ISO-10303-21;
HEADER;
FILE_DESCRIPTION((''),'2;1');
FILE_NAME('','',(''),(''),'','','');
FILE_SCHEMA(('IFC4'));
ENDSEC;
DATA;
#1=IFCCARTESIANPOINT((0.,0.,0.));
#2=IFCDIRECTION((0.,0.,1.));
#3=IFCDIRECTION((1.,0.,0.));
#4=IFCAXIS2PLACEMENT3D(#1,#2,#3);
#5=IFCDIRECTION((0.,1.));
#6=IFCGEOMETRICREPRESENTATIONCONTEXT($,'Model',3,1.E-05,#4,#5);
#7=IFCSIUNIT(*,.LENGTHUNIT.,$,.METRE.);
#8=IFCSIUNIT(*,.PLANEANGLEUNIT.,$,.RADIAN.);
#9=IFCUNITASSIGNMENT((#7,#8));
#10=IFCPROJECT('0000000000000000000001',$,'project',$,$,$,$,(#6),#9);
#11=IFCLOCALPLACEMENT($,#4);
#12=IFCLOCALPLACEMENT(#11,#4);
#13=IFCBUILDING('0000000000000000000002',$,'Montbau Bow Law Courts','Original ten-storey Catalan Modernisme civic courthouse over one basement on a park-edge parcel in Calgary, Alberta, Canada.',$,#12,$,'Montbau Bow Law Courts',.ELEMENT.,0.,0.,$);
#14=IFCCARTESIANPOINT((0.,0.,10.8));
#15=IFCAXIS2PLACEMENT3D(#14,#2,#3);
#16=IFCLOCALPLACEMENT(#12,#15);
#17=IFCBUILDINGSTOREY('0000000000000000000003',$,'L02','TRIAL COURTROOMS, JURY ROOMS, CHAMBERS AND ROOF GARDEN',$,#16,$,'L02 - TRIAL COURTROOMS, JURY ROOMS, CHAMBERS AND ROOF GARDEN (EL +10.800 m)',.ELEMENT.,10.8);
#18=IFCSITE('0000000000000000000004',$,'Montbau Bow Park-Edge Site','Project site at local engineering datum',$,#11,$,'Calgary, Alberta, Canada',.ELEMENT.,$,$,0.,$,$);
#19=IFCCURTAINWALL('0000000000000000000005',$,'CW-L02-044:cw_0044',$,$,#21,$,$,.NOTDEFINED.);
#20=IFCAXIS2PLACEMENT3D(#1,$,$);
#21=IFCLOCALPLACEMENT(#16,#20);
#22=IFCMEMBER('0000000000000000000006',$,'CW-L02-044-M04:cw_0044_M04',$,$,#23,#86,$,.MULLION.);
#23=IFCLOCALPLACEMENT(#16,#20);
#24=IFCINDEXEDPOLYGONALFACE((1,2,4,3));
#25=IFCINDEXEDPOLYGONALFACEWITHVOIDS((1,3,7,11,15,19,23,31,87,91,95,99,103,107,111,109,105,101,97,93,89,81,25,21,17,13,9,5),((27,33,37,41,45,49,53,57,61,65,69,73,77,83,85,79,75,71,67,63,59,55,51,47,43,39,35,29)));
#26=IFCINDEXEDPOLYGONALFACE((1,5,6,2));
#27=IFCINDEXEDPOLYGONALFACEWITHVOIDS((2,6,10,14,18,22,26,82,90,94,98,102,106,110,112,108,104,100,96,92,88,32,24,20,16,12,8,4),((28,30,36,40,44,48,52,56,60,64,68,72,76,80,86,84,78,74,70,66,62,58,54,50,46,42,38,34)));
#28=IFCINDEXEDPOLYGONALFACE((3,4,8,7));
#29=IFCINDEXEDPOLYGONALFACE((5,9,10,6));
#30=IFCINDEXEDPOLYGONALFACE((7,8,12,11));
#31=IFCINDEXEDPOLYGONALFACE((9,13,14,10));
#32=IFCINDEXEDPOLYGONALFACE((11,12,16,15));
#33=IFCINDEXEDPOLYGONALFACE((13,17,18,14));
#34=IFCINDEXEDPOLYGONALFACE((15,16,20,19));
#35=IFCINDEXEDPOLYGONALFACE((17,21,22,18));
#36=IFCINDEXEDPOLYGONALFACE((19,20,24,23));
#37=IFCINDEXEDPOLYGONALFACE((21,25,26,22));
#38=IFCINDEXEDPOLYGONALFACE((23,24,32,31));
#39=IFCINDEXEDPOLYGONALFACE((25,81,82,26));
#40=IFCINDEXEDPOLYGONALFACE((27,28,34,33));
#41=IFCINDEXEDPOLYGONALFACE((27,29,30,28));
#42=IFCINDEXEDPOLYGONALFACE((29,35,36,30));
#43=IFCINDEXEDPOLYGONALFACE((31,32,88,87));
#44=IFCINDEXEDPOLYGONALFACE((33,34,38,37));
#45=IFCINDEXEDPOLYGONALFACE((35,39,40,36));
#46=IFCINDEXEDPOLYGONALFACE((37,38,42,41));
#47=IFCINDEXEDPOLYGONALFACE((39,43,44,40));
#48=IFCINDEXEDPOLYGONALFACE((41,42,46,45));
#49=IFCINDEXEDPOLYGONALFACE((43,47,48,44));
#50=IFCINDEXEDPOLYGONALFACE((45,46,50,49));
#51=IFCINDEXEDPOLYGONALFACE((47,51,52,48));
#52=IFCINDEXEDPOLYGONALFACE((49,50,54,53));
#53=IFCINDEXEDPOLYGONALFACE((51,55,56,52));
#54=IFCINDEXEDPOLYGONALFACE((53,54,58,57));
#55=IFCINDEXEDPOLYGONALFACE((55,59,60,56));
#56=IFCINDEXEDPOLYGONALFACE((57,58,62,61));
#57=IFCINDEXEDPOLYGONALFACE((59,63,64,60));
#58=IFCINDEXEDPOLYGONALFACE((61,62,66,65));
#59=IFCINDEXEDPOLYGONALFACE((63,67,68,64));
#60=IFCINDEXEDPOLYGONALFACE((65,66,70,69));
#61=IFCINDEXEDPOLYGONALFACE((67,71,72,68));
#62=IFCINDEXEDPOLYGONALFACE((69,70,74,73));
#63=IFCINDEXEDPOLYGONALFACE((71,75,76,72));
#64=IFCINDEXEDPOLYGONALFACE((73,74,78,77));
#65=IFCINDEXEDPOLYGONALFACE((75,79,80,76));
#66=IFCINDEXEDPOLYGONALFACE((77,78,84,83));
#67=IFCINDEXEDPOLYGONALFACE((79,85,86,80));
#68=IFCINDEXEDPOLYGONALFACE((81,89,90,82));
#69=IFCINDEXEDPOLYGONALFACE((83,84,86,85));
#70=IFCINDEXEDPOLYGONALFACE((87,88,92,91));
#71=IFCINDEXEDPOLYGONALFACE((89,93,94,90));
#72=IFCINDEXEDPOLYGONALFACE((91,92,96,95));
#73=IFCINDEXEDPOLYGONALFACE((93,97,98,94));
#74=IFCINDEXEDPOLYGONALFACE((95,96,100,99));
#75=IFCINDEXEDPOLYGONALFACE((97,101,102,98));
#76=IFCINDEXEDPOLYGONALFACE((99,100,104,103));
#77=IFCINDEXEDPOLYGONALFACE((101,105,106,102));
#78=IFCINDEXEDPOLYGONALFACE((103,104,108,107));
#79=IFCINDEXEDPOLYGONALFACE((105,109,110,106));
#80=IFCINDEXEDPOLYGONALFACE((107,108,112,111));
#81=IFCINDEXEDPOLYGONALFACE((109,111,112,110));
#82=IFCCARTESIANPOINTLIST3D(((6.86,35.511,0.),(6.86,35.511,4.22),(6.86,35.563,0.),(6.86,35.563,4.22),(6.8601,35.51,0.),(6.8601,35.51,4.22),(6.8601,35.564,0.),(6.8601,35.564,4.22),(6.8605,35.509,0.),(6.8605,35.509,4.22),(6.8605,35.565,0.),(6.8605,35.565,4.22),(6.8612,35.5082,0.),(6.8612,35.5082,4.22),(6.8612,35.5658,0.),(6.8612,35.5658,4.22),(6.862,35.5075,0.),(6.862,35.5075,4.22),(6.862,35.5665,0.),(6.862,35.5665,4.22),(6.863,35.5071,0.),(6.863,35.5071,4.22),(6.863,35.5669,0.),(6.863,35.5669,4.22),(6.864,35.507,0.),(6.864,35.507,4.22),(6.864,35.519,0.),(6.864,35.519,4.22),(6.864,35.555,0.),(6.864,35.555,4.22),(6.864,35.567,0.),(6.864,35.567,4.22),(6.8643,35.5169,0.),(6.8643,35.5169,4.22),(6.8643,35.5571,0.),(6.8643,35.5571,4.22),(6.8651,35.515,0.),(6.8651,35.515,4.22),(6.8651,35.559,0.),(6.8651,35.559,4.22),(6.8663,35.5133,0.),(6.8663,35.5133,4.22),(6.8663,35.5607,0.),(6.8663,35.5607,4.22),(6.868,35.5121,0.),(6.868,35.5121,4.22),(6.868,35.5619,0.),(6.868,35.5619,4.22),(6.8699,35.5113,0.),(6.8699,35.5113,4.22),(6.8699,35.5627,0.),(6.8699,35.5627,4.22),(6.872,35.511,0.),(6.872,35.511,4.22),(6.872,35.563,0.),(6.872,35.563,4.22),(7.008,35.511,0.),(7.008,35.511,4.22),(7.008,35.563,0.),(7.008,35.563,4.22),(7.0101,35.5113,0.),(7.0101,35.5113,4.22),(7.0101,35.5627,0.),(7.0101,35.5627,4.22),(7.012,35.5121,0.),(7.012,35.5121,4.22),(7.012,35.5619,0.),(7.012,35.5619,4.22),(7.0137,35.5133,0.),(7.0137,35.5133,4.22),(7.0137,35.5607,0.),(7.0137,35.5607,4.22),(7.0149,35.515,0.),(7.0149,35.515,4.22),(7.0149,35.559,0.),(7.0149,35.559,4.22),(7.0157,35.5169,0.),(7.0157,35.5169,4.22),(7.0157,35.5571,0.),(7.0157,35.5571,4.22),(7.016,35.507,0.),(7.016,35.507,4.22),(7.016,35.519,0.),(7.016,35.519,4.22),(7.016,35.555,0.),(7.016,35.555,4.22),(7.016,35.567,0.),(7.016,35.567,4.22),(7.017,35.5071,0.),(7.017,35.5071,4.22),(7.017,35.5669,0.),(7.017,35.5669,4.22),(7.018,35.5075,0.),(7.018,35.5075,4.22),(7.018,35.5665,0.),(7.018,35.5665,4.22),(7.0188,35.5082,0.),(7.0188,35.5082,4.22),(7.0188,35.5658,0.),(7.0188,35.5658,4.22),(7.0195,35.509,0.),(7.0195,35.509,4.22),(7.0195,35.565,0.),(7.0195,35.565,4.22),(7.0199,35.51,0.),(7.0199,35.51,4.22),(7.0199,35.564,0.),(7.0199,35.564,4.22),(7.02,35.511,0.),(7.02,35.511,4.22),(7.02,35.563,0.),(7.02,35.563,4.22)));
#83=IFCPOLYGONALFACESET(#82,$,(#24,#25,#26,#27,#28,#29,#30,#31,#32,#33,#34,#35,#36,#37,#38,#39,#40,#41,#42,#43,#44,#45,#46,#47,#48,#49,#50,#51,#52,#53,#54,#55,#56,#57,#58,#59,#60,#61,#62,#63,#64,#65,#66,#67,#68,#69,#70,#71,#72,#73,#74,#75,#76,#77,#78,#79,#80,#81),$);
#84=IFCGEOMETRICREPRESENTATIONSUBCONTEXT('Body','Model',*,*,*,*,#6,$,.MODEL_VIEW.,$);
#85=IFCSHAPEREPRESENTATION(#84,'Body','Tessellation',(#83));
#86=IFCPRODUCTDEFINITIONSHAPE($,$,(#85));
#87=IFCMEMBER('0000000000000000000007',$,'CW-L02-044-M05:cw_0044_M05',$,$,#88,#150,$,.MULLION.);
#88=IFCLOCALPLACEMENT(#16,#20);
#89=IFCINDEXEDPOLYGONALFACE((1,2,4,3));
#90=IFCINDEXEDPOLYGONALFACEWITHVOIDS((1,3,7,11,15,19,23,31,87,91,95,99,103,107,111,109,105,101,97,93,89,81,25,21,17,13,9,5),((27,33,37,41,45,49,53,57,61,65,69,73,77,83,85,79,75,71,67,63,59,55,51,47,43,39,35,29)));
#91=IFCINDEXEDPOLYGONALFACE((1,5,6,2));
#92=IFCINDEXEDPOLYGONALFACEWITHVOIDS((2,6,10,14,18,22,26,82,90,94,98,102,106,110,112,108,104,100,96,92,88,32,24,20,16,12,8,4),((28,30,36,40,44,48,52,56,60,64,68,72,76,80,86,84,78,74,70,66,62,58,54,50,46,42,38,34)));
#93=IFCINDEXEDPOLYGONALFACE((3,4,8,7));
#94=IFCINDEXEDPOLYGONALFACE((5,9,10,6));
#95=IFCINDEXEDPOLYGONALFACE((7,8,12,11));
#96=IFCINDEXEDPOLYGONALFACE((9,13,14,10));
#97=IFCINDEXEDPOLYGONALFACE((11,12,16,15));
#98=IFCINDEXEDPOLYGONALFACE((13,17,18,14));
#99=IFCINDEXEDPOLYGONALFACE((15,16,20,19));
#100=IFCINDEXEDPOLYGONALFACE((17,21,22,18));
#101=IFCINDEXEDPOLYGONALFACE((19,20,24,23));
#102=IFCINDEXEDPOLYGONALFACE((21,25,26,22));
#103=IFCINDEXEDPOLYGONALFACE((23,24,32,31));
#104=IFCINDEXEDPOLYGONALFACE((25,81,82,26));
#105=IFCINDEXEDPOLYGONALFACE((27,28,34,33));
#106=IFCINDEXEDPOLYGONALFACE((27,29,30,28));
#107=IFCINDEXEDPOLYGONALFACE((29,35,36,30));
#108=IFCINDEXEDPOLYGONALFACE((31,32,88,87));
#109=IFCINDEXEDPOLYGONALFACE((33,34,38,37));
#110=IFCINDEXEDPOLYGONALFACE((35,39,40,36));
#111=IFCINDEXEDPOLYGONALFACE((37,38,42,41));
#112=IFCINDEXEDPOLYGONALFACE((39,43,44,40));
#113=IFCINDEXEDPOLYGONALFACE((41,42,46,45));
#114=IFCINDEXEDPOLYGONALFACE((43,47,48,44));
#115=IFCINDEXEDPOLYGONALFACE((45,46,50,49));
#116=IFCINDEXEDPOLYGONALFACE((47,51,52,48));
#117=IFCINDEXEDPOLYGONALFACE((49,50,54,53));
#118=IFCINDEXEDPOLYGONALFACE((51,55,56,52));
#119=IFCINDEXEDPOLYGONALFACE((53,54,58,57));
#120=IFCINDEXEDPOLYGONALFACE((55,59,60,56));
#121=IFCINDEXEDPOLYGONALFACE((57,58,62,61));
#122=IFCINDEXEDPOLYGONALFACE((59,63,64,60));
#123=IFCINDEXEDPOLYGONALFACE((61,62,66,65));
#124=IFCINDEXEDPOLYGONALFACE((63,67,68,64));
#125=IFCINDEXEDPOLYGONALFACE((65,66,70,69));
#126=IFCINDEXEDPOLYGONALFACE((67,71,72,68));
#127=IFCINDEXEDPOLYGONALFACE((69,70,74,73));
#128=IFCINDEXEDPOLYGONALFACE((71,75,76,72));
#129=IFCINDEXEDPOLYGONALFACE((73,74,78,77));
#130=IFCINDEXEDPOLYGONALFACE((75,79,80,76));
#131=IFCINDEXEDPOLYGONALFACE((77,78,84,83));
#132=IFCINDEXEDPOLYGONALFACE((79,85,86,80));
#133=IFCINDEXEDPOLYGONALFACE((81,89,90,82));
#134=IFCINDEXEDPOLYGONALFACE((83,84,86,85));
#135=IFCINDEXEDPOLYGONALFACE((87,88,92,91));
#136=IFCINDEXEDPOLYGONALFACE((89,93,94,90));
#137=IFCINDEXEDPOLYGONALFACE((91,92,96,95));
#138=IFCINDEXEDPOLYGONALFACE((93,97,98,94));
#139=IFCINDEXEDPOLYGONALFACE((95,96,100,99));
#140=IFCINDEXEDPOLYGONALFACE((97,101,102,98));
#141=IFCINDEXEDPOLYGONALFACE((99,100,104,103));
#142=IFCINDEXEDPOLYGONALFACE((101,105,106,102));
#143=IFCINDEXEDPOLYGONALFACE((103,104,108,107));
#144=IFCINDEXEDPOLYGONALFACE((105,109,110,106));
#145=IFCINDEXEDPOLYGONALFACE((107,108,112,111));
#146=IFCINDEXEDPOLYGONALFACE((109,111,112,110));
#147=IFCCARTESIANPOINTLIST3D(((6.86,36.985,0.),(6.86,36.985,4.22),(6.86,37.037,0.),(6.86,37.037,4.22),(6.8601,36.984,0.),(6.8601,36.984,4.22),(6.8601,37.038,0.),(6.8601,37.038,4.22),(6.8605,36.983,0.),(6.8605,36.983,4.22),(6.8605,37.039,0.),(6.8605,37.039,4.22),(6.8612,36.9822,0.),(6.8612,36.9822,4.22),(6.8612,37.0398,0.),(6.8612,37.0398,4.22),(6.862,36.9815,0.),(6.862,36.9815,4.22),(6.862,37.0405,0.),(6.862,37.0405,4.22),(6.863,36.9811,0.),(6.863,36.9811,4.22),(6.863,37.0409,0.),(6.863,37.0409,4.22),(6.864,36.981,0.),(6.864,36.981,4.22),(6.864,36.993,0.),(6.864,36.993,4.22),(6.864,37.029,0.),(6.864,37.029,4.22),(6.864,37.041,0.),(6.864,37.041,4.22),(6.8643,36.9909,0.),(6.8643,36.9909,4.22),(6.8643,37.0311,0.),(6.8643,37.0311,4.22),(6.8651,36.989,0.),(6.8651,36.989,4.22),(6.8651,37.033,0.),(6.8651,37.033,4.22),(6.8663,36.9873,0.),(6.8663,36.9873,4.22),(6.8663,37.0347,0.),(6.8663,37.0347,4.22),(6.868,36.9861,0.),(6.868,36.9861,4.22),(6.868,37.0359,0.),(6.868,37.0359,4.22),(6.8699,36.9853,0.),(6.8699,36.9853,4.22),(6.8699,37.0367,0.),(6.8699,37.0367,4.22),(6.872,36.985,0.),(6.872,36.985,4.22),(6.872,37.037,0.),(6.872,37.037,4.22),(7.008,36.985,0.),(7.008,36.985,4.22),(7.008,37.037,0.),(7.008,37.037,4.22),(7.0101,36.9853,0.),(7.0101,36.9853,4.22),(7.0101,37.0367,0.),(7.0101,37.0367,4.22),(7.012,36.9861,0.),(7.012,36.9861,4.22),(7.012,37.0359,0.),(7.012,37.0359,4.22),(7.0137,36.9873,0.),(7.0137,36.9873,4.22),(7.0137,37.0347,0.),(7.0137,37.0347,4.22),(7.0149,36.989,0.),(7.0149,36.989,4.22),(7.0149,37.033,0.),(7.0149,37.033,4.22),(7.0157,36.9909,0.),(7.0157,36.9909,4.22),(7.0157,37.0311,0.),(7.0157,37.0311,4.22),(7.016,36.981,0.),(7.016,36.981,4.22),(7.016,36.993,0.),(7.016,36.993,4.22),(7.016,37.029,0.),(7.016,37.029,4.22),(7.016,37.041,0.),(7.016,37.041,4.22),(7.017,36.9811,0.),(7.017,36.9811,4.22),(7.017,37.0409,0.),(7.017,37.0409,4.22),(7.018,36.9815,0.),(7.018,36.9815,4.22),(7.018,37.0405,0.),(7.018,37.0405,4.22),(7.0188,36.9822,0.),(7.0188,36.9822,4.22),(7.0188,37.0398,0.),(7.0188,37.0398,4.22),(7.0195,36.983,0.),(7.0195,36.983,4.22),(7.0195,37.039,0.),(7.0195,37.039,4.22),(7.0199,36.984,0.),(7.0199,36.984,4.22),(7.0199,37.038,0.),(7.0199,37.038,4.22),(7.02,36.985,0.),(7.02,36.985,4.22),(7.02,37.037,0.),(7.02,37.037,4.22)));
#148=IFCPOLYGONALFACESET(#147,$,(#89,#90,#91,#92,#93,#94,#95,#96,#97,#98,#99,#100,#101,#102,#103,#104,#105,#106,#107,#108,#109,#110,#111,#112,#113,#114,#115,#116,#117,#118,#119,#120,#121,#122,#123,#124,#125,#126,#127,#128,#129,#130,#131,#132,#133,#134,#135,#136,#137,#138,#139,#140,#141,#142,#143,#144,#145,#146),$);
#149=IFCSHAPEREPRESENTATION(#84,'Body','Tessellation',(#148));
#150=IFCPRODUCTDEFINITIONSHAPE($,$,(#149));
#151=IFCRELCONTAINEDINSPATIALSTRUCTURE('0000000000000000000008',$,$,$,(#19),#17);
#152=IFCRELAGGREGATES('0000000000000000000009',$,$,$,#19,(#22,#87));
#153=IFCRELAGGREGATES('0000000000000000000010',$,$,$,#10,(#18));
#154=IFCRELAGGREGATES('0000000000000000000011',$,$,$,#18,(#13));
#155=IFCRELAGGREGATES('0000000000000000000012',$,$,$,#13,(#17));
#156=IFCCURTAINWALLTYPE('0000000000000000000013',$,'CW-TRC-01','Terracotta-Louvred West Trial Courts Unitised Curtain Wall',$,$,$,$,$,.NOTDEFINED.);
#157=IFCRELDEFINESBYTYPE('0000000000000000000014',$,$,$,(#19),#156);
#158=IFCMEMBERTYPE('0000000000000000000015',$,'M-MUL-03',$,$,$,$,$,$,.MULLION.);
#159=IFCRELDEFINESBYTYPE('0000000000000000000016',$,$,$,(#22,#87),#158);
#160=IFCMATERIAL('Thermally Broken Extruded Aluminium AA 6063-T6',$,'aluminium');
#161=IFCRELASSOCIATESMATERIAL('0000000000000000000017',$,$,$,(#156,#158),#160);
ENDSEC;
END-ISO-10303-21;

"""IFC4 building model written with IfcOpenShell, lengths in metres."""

from ifc_helpers import new_model, si_unit, direction, frame, origin_with_axes, origin_2d_with_axis, place, context, subcontext, project, spatial, hollow_rectangle, extrude, material, material_profile, profile_set, type_object, element, aggregate, save


model = new_model("IFC4")

# Units and contexts
model_context = context("Model", 3, precision=1e-05, world=origin_with_axes(), true_north=direction((0.0, 1.0)))
body_context = subcontext(model_context, "Body", "Model", "MODEL_VIEW")
ifc_project = project(units=[si_unit("LENGTHUNIT", "METRE"), si_unit("PLANEANGLEUNIT", "RADIAN")], contexts=[model_context])

# Site, building, storey
site_placement = place(None, origin_with_axes())
site = spatial("IfcSite", under=ifc_project, at=site_placement, Name="Montbau Bow Park-Edge Site", Description="Project site at local engineering datum", LongName="Calgary, Alberta, Canada", CompositionType="ELEMENT", RefElevation=0.0)
building_placement = place(site_placement, origin_with_axes())
building = spatial("IfcBuilding", under=site, at=building_placement, Name="Montbau Bow Law Courts", Description="Original ten-storey Catalan Modernisme civic courthouse over one basement on a park-edge parcel in Calgary, Alberta, Canada.", LongName="Montbau Bow Law Courts", CompositionType="ELEMENT", ElevationOfRefHeight=0.0, ElevationOfTerrain=0.0)
storey_placement = place(building_placement, frame((0.0, 0.0, 10.8), z_axis=(0.0, 0.0, 1.0), x_axis=(1.0, 0.0, 0.0)))
storey = spatial("IfcBuildingStorey", under=building, at=storey_placement, Name="L02", Description="TRIAL COURTROOMS, JURY ROOMS, CHAMBERS AND ROOF GARDEN", LongName="L02 - TRIAL COURTROOMS, JURY ROOMS, CHAMBERS AND ROOF GARDEN (EL +10.800 m)", CompositionType="ELEMENT", Elevation=10.8)

# Curtain wall, members
ifc_material_1 = material(Name="Thermally Broken Extruded Aluminium AA 6063-T6", Category="aluminium")
curtain_wall_type = type_object("IfcCurtainWallType", Name="CW-TRC-01", Description="Terracotta-Louvred West Trial Courts Unitised Curtain Wall", PredefinedType="NOTDEFINED", material=ifc_material_1)
curtain_wall_placement = place(None, frame((6.94, 31.115, 10.8), z_axis=(0.0, 0.0, 1.0), x_axis=(1.0, 0.0, 0.0)))
curtain_wall = element("IfcCurtainWall", 1, at=curtain_wall_placement, inside=storey, type_object=curtain_wall_type, Name="CW-L02-044:cw_0044", PredefinedType="NOTDEFINED")
ifc_material_profile_1 = material_profile(ifc_material_1, hollow_rectangle(XDim=0.06, YDim=0.16, WallThickness=0.004, InnerFilletRadius=0.008, OuterFilletRadius=0.004, at=origin_2d_with_axis()), Name="CWM-160X60", Category="Main", Priority=0)
ifc_profile_set_1 = profile_set([ifc_material_profile_1], Name="Thermally Broken Extruded Aluminium AA 6063-T6")
member_type_1 = type_object("IfcMemberType", Name="M-MUL-03", PredefinedType="MULLION", material=ifc_profile_set_1)
member_1_placement = place(None, frame((6.94, 35.537, 10.8), z_axis=(0.0, 0.0, 1.0), x_axis=(0.0, 1.0, 0.0)))
member_1 = element("IfcMember", 2, at=member_1_placement, type_object=member_type_1, Name="CW-L02-044-M04:cw_0044_M04", PredefinedType="MULLION", context=body_context, shape_type="SweptSolid", body=[
    extrude(hollow_rectangle(XDim=0.06, YDim=0.16, WallThickness=0.004, InnerFilletRadius=0.008, OuterFilletRadius=0.004, at=origin_2d_with_axis()), origin_with_axes(), (0.0, 0.0, 1.0), 4.22),
])
member_2_placement = place(None, frame((6.94, 37.011, 10.8), z_axis=(0.0, 0.0, 1.0), x_axis=(0.0, 1.0, 0.0)))
member_2 = element("IfcMember", 3, at=member_2_placement, type_object=member_type_1, Name="CW-L02-044-M05:cw_0044_M05", PredefinedType="MULLION", context=body_context, shape_type="SweptSolid", body=[
    extrude(hollow_rectangle(XDim=0.06, YDim=0.16, WallThickness=0.004, InnerFilletRadius=0.008, OuterFilletRadius=0.004, at=origin_2d_with_axis()), origin_with_axes(), (0.0, 0.0, 1.0), 4.22),
])
aggregate(curtain_wall, [member_1, member_2])

save(model, "model.ifc")
